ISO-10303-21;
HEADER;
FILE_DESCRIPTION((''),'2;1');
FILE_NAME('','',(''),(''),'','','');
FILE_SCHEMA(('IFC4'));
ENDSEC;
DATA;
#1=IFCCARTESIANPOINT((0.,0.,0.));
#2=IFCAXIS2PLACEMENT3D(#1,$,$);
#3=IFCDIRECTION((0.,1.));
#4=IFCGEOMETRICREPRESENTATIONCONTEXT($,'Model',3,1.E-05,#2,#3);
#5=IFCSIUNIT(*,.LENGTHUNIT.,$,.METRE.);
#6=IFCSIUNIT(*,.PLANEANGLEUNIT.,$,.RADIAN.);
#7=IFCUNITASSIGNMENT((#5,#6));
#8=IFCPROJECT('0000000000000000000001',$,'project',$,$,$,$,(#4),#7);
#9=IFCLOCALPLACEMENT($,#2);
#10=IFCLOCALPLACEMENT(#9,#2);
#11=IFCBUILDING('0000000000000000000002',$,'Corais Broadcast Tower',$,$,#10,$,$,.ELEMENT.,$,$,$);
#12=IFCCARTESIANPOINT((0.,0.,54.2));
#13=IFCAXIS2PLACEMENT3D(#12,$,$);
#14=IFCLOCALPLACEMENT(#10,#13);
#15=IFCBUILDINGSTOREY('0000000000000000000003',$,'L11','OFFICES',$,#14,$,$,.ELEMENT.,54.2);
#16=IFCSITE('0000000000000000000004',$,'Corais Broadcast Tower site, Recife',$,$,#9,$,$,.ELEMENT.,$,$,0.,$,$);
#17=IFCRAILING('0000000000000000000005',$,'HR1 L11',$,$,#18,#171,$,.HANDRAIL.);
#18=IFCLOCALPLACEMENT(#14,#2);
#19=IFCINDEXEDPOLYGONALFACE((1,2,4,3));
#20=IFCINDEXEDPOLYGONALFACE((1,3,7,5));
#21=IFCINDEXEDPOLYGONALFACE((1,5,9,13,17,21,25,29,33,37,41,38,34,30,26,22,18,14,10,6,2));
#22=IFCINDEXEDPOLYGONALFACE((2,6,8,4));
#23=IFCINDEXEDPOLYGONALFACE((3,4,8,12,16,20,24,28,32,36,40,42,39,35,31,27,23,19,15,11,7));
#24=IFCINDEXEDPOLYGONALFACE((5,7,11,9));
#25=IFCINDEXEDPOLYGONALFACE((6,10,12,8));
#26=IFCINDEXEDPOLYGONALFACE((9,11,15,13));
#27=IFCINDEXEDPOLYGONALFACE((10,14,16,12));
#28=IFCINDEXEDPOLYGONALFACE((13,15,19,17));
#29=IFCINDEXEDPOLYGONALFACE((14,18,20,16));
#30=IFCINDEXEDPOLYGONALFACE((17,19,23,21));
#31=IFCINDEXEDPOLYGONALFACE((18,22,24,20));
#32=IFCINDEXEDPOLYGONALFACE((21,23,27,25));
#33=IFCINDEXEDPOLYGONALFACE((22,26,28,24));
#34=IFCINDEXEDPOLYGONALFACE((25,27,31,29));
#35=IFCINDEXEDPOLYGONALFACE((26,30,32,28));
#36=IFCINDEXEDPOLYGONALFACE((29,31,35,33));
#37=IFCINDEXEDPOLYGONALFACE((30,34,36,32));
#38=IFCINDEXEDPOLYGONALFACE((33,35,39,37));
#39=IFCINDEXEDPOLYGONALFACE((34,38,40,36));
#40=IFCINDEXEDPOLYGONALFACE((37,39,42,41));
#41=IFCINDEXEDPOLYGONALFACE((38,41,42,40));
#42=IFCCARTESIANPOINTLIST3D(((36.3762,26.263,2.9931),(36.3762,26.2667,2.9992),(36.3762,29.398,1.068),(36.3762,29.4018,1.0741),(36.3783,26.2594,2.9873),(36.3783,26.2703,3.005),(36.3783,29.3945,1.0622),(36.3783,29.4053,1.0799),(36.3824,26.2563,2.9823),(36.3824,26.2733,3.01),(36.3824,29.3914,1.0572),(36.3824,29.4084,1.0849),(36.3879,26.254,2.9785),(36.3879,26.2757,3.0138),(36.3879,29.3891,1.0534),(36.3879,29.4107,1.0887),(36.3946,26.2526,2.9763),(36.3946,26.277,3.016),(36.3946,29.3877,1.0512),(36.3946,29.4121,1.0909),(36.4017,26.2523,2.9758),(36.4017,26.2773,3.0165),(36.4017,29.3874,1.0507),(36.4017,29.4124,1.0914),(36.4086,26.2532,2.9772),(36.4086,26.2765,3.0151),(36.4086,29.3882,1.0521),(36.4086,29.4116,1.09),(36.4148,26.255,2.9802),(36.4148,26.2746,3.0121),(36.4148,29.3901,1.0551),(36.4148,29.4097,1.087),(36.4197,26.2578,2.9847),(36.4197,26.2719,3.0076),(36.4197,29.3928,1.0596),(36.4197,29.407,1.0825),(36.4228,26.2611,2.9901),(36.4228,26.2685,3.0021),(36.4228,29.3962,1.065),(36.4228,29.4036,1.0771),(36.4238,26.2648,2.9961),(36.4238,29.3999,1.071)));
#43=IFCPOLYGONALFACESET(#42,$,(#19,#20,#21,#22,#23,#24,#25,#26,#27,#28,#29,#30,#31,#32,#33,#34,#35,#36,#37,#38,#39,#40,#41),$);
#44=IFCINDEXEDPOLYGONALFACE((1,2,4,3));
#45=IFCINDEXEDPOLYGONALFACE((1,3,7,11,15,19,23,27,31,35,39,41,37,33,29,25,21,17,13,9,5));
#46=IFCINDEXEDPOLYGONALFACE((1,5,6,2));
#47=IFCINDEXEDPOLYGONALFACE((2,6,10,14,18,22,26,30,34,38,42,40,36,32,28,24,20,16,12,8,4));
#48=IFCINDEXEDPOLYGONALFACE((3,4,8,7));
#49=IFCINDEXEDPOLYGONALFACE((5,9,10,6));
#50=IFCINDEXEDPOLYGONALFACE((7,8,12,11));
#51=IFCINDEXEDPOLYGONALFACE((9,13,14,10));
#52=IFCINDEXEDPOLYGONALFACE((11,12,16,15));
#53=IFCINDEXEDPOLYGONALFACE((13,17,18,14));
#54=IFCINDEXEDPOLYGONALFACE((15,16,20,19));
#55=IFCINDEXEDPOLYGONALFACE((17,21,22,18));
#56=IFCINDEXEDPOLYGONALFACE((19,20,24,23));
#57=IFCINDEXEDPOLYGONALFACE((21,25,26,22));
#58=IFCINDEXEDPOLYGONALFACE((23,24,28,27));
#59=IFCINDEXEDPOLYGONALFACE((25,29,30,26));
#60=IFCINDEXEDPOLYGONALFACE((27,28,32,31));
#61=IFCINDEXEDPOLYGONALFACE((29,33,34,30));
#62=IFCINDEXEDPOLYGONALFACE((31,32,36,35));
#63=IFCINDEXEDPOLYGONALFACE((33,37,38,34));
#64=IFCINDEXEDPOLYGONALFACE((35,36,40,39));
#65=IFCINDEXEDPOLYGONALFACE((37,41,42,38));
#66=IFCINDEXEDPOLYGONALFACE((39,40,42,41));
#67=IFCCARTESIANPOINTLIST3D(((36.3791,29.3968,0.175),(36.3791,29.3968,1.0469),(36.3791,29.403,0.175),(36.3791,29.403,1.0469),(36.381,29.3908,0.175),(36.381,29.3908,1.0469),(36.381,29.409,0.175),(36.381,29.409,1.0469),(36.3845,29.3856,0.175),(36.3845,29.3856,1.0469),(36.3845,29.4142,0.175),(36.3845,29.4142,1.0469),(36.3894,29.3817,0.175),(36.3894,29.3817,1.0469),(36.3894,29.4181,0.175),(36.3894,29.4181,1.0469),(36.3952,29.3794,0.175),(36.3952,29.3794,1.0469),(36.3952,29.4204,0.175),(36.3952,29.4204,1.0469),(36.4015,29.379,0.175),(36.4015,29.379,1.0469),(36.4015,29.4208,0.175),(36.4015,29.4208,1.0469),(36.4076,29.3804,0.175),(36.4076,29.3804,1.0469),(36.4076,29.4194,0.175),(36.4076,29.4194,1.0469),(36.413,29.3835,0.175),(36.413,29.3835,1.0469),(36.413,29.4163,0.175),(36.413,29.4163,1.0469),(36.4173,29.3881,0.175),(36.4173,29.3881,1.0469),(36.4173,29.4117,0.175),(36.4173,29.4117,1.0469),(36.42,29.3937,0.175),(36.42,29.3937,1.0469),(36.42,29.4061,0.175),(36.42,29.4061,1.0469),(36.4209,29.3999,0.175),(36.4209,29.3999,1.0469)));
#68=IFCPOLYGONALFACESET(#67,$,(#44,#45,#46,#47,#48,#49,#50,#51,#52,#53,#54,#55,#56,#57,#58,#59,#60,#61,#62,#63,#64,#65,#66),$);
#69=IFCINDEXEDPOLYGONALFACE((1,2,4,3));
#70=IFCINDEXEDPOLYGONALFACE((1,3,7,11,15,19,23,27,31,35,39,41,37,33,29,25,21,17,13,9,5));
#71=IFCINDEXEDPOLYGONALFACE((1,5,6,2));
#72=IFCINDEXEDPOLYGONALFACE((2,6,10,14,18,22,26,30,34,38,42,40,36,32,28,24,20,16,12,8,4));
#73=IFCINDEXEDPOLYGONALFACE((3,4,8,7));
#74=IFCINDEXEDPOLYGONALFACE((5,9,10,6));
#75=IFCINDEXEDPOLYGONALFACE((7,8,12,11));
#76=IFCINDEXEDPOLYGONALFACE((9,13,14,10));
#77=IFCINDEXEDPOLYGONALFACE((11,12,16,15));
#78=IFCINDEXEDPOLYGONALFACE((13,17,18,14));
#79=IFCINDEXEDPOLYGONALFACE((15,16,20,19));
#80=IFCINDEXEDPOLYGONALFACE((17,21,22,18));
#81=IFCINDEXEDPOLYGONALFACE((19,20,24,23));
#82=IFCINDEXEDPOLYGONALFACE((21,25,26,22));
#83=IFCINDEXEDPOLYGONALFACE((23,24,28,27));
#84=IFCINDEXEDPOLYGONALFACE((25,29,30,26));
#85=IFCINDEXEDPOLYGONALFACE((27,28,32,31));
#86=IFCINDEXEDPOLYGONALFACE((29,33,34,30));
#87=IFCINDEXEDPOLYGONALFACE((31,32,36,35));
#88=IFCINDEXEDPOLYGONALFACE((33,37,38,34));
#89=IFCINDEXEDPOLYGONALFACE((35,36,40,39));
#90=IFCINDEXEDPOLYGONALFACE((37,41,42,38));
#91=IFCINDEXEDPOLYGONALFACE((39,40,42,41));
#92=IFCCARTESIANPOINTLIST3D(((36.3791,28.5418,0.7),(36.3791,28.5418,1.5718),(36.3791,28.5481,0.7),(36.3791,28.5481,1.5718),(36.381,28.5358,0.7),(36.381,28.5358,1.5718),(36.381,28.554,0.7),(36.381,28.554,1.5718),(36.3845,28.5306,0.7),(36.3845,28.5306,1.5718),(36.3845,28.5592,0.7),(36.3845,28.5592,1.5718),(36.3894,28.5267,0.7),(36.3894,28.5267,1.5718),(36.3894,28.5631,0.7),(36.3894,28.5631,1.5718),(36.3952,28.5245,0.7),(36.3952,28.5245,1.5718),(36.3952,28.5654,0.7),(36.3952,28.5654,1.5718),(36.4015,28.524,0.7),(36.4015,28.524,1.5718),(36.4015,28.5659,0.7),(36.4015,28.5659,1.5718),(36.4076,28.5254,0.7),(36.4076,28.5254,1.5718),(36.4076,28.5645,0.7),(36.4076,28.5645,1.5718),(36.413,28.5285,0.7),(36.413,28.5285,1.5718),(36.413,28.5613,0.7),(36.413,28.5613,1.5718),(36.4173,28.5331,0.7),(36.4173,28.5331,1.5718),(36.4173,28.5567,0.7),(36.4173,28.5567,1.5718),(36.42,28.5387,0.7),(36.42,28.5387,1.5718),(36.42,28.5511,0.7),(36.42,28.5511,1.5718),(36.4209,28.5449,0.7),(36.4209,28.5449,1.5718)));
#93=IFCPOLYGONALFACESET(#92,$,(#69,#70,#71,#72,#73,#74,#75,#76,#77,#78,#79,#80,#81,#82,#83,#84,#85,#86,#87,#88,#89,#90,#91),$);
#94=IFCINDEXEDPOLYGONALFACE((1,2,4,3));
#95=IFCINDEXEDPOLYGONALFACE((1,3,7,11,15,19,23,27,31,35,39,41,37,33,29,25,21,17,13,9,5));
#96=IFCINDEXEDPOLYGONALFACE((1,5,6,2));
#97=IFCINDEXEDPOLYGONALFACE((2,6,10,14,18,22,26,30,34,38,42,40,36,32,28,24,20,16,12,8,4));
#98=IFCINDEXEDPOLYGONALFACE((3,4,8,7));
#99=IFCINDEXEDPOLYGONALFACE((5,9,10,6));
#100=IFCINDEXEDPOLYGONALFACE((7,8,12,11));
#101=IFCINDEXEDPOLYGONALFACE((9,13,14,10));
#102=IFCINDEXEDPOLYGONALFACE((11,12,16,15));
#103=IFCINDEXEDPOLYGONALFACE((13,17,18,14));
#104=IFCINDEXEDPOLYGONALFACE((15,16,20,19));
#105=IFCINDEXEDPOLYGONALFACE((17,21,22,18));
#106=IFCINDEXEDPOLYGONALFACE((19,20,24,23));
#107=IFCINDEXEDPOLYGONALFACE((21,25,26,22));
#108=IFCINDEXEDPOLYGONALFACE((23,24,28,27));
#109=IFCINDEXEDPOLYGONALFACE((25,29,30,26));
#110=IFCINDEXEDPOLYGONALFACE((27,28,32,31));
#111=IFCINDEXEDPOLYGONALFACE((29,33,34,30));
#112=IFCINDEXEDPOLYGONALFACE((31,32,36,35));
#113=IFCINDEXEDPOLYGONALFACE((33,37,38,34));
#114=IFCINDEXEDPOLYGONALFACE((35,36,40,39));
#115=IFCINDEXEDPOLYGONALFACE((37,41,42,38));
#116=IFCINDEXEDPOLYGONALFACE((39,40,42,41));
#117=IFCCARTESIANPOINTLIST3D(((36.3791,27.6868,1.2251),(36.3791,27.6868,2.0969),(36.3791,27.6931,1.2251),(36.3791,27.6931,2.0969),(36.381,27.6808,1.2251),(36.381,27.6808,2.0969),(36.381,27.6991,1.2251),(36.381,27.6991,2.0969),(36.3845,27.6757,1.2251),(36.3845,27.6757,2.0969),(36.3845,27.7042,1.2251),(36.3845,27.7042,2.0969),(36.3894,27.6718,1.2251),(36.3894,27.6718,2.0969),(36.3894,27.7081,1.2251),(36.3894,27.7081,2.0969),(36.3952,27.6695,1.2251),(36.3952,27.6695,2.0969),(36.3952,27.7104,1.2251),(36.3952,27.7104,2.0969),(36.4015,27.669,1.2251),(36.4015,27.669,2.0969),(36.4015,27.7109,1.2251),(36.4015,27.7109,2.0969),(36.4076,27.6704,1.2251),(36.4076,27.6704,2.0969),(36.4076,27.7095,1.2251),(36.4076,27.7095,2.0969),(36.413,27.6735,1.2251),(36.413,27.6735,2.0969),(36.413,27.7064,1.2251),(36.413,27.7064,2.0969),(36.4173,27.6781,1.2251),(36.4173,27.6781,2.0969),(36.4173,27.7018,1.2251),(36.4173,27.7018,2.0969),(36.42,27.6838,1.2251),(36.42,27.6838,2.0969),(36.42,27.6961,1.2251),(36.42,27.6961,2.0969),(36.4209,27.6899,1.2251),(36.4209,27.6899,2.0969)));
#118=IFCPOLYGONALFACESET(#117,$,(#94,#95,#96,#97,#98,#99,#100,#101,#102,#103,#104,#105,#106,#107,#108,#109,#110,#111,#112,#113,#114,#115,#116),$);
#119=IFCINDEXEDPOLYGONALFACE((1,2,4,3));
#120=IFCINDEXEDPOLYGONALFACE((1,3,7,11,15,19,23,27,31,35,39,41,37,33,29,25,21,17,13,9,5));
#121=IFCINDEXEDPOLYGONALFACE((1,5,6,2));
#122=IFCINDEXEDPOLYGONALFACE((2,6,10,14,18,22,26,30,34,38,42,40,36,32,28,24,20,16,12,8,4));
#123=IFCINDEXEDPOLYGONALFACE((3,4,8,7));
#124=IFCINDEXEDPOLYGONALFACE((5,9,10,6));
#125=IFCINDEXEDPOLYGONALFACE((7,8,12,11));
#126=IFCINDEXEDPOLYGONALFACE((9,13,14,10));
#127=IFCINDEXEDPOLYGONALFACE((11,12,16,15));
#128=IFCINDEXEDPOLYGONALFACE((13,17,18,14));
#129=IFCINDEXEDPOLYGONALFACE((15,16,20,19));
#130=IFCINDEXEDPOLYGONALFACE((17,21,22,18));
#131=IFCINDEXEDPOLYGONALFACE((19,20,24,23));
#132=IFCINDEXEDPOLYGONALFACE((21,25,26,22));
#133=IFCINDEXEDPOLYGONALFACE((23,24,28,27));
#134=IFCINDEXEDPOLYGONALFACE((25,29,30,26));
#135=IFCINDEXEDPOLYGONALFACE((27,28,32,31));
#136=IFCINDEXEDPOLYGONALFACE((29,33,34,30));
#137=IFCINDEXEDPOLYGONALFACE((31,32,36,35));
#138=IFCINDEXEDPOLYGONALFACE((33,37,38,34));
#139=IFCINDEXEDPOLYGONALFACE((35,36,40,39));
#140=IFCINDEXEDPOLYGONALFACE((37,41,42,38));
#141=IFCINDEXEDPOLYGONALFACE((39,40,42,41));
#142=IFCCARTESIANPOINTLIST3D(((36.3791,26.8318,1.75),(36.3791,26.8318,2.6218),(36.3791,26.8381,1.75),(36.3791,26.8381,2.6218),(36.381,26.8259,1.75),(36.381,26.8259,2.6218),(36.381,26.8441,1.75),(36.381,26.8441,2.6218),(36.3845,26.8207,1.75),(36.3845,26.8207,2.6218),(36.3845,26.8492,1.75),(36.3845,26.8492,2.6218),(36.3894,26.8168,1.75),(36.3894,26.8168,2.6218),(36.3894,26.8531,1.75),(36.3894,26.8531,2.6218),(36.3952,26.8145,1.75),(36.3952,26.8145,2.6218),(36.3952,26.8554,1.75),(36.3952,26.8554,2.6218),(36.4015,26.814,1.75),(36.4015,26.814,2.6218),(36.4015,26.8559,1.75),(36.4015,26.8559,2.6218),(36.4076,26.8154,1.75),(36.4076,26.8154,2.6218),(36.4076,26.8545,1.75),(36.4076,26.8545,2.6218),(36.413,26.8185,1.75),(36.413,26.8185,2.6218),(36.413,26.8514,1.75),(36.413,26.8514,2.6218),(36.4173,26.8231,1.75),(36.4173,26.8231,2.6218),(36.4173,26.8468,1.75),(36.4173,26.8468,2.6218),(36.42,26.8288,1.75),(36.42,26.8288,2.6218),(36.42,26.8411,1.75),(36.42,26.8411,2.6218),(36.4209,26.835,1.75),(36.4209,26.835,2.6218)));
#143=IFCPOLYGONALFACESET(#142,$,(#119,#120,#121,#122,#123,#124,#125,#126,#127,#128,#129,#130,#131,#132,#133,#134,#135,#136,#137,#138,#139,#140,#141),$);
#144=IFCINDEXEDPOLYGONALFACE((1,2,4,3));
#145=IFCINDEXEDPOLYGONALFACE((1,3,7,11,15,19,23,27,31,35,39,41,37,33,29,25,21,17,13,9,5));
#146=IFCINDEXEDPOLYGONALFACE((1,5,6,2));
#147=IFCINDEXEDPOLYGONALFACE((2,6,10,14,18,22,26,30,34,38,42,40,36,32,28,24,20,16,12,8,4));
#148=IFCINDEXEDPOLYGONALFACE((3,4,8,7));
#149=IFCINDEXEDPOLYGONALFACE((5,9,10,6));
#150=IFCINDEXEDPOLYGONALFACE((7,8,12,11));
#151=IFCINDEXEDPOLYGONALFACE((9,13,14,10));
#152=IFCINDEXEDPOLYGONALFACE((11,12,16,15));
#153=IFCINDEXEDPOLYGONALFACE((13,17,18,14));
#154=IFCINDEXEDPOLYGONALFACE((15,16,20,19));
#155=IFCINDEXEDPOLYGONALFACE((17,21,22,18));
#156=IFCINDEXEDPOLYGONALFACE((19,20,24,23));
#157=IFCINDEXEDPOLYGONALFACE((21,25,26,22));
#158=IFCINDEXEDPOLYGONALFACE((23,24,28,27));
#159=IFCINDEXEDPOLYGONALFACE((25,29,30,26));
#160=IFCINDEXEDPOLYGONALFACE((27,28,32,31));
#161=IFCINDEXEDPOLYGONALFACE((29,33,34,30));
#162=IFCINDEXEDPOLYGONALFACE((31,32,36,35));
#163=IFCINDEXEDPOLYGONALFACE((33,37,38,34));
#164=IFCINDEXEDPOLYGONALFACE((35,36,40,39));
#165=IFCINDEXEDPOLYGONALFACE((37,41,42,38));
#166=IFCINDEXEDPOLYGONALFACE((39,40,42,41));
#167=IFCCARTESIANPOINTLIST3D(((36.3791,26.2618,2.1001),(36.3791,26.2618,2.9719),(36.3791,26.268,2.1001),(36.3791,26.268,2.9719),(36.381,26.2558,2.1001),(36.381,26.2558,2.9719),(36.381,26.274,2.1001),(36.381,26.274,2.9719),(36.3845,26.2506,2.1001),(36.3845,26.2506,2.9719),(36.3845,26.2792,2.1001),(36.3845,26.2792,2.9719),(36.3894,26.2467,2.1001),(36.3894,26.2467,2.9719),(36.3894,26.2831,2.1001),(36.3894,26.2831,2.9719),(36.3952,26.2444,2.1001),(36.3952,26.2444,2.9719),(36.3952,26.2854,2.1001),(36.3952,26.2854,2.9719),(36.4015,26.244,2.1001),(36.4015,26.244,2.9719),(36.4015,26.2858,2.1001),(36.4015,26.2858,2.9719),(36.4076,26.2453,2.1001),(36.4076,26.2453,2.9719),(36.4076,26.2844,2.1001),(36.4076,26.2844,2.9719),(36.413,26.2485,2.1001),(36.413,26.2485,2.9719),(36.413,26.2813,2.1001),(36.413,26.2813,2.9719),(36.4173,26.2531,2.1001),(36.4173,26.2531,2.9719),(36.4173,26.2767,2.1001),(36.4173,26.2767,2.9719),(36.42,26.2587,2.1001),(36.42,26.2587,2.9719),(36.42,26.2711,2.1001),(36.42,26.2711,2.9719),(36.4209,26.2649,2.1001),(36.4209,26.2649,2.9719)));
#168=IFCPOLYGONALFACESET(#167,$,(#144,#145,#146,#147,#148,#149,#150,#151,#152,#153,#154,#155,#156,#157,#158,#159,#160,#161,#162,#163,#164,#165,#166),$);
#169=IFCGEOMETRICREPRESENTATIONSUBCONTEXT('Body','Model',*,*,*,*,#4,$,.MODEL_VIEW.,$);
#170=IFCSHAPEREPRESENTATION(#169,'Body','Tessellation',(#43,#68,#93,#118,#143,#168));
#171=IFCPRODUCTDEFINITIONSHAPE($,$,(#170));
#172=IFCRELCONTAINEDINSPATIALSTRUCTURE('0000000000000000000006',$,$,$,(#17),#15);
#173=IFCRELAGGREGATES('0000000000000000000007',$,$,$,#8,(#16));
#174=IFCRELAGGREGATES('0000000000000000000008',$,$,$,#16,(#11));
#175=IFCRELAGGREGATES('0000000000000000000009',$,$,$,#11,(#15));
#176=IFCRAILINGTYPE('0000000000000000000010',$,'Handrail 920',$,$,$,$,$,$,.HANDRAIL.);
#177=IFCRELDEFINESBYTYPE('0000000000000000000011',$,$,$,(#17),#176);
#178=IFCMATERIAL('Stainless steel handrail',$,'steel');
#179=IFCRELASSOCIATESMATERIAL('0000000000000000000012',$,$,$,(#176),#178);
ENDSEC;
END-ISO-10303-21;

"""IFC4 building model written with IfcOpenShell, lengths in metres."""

from ifc_helpers import new_model, si_unit, direction, frame, origin, origin_2d, place, context, subcontext, project, spatial, circle, extrude, material, type_object, element, save


model = new_model("IFC4")

# Units and contexts
model_context = context("Model", 3, precision=1e-05, world=origin(), true_north=direction((0.0, 1.0)))
body_context = subcontext(model_context, "Body", "Model", "MODEL_VIEW")
ifc_project = project(units=[si_unit("LENGTHUNIT", "METRE"), si_unit("PLANEANGLEUNIT", "RADIAN")], contexts=[model_context])

# Site, building, storey
site_placement = place(None, origin())
site = spatial("IfcSite", under=ifc_project, at=site_placement, Name="Corais Broadcast Tower site, Recife", CompositionType="ELEMENT", RefElevation=0.0)
building_placement = place(site_placement, origin())
building = spatial("IfcBuilding", under=site, at=building_placement, Name="Corais Broadcast Tower", CompositionType="ELEMENT")
storey_placement = place(building_placement, frame((0.0, 0.0, 54.2)))
storey = spatial("IfcBuildingStorey", under=building, at=storey_placement, Name="L11", Description="OFFICES", CompositionType="ELEMENT", Elevation=54.2)

# Railing
ifc_material_1 = material(Name="Stainless steel handrail", Category="steel")
railing_type = type_object("IfcRailingType", Name="Handrail 920", PredefinedType="HANDRAIL", material=ifc_material_1)
for number, where, name in (
    (1, (36.3999, 29.3999, 0.175), "HR1 L11"),
):
    element("IfcRailing", number, at=place(storey_placement, frame(where)), inside=storey, type_object=railing_type, Name=name, PredefinedType="HANDRAIL", context=body_context, shape_type="SweptSolid", body=[
        extrude(circle(Radius=0.0239, at=origin_2d()), frame((0.0, 0.0, 0.896), z_axis=(0.0, -0.852166, 0.523271), x_axis=(1.0, 0.0, 0.0)), (0.0, 0.0, 1.0), 3.679),
        extrude(circle(Radius=0.021, at=origin_2d()), origin(), (0.0, 0.0, 1.0), 0.8718),
        extrude(circle(Radius=0.021, at=origin_2d()), frame((0.0, -0.855, 0.5249)), (0.0, 0.0, 1.0), 0.8718),
        extrude(circle(Radius=0.021, at=origin_2d()), frame((0.0, -1.71, 1.05)), (0.0, 0.0, 1.0), 0.8718),
        extrude(circle(Radius=0.021, at=origin_2d()), frame((0.0, -2.5649, 1.575)), (0.0, 0.0, 1.0), 0.8718),
        extrude(circle(Radius=0.021, at=origin_2d()), frame((0.0, -3.135, 1.925)), (0.0, 0.0, 1.0), 0.8718),
    ])

save(model, "model.ifc")
